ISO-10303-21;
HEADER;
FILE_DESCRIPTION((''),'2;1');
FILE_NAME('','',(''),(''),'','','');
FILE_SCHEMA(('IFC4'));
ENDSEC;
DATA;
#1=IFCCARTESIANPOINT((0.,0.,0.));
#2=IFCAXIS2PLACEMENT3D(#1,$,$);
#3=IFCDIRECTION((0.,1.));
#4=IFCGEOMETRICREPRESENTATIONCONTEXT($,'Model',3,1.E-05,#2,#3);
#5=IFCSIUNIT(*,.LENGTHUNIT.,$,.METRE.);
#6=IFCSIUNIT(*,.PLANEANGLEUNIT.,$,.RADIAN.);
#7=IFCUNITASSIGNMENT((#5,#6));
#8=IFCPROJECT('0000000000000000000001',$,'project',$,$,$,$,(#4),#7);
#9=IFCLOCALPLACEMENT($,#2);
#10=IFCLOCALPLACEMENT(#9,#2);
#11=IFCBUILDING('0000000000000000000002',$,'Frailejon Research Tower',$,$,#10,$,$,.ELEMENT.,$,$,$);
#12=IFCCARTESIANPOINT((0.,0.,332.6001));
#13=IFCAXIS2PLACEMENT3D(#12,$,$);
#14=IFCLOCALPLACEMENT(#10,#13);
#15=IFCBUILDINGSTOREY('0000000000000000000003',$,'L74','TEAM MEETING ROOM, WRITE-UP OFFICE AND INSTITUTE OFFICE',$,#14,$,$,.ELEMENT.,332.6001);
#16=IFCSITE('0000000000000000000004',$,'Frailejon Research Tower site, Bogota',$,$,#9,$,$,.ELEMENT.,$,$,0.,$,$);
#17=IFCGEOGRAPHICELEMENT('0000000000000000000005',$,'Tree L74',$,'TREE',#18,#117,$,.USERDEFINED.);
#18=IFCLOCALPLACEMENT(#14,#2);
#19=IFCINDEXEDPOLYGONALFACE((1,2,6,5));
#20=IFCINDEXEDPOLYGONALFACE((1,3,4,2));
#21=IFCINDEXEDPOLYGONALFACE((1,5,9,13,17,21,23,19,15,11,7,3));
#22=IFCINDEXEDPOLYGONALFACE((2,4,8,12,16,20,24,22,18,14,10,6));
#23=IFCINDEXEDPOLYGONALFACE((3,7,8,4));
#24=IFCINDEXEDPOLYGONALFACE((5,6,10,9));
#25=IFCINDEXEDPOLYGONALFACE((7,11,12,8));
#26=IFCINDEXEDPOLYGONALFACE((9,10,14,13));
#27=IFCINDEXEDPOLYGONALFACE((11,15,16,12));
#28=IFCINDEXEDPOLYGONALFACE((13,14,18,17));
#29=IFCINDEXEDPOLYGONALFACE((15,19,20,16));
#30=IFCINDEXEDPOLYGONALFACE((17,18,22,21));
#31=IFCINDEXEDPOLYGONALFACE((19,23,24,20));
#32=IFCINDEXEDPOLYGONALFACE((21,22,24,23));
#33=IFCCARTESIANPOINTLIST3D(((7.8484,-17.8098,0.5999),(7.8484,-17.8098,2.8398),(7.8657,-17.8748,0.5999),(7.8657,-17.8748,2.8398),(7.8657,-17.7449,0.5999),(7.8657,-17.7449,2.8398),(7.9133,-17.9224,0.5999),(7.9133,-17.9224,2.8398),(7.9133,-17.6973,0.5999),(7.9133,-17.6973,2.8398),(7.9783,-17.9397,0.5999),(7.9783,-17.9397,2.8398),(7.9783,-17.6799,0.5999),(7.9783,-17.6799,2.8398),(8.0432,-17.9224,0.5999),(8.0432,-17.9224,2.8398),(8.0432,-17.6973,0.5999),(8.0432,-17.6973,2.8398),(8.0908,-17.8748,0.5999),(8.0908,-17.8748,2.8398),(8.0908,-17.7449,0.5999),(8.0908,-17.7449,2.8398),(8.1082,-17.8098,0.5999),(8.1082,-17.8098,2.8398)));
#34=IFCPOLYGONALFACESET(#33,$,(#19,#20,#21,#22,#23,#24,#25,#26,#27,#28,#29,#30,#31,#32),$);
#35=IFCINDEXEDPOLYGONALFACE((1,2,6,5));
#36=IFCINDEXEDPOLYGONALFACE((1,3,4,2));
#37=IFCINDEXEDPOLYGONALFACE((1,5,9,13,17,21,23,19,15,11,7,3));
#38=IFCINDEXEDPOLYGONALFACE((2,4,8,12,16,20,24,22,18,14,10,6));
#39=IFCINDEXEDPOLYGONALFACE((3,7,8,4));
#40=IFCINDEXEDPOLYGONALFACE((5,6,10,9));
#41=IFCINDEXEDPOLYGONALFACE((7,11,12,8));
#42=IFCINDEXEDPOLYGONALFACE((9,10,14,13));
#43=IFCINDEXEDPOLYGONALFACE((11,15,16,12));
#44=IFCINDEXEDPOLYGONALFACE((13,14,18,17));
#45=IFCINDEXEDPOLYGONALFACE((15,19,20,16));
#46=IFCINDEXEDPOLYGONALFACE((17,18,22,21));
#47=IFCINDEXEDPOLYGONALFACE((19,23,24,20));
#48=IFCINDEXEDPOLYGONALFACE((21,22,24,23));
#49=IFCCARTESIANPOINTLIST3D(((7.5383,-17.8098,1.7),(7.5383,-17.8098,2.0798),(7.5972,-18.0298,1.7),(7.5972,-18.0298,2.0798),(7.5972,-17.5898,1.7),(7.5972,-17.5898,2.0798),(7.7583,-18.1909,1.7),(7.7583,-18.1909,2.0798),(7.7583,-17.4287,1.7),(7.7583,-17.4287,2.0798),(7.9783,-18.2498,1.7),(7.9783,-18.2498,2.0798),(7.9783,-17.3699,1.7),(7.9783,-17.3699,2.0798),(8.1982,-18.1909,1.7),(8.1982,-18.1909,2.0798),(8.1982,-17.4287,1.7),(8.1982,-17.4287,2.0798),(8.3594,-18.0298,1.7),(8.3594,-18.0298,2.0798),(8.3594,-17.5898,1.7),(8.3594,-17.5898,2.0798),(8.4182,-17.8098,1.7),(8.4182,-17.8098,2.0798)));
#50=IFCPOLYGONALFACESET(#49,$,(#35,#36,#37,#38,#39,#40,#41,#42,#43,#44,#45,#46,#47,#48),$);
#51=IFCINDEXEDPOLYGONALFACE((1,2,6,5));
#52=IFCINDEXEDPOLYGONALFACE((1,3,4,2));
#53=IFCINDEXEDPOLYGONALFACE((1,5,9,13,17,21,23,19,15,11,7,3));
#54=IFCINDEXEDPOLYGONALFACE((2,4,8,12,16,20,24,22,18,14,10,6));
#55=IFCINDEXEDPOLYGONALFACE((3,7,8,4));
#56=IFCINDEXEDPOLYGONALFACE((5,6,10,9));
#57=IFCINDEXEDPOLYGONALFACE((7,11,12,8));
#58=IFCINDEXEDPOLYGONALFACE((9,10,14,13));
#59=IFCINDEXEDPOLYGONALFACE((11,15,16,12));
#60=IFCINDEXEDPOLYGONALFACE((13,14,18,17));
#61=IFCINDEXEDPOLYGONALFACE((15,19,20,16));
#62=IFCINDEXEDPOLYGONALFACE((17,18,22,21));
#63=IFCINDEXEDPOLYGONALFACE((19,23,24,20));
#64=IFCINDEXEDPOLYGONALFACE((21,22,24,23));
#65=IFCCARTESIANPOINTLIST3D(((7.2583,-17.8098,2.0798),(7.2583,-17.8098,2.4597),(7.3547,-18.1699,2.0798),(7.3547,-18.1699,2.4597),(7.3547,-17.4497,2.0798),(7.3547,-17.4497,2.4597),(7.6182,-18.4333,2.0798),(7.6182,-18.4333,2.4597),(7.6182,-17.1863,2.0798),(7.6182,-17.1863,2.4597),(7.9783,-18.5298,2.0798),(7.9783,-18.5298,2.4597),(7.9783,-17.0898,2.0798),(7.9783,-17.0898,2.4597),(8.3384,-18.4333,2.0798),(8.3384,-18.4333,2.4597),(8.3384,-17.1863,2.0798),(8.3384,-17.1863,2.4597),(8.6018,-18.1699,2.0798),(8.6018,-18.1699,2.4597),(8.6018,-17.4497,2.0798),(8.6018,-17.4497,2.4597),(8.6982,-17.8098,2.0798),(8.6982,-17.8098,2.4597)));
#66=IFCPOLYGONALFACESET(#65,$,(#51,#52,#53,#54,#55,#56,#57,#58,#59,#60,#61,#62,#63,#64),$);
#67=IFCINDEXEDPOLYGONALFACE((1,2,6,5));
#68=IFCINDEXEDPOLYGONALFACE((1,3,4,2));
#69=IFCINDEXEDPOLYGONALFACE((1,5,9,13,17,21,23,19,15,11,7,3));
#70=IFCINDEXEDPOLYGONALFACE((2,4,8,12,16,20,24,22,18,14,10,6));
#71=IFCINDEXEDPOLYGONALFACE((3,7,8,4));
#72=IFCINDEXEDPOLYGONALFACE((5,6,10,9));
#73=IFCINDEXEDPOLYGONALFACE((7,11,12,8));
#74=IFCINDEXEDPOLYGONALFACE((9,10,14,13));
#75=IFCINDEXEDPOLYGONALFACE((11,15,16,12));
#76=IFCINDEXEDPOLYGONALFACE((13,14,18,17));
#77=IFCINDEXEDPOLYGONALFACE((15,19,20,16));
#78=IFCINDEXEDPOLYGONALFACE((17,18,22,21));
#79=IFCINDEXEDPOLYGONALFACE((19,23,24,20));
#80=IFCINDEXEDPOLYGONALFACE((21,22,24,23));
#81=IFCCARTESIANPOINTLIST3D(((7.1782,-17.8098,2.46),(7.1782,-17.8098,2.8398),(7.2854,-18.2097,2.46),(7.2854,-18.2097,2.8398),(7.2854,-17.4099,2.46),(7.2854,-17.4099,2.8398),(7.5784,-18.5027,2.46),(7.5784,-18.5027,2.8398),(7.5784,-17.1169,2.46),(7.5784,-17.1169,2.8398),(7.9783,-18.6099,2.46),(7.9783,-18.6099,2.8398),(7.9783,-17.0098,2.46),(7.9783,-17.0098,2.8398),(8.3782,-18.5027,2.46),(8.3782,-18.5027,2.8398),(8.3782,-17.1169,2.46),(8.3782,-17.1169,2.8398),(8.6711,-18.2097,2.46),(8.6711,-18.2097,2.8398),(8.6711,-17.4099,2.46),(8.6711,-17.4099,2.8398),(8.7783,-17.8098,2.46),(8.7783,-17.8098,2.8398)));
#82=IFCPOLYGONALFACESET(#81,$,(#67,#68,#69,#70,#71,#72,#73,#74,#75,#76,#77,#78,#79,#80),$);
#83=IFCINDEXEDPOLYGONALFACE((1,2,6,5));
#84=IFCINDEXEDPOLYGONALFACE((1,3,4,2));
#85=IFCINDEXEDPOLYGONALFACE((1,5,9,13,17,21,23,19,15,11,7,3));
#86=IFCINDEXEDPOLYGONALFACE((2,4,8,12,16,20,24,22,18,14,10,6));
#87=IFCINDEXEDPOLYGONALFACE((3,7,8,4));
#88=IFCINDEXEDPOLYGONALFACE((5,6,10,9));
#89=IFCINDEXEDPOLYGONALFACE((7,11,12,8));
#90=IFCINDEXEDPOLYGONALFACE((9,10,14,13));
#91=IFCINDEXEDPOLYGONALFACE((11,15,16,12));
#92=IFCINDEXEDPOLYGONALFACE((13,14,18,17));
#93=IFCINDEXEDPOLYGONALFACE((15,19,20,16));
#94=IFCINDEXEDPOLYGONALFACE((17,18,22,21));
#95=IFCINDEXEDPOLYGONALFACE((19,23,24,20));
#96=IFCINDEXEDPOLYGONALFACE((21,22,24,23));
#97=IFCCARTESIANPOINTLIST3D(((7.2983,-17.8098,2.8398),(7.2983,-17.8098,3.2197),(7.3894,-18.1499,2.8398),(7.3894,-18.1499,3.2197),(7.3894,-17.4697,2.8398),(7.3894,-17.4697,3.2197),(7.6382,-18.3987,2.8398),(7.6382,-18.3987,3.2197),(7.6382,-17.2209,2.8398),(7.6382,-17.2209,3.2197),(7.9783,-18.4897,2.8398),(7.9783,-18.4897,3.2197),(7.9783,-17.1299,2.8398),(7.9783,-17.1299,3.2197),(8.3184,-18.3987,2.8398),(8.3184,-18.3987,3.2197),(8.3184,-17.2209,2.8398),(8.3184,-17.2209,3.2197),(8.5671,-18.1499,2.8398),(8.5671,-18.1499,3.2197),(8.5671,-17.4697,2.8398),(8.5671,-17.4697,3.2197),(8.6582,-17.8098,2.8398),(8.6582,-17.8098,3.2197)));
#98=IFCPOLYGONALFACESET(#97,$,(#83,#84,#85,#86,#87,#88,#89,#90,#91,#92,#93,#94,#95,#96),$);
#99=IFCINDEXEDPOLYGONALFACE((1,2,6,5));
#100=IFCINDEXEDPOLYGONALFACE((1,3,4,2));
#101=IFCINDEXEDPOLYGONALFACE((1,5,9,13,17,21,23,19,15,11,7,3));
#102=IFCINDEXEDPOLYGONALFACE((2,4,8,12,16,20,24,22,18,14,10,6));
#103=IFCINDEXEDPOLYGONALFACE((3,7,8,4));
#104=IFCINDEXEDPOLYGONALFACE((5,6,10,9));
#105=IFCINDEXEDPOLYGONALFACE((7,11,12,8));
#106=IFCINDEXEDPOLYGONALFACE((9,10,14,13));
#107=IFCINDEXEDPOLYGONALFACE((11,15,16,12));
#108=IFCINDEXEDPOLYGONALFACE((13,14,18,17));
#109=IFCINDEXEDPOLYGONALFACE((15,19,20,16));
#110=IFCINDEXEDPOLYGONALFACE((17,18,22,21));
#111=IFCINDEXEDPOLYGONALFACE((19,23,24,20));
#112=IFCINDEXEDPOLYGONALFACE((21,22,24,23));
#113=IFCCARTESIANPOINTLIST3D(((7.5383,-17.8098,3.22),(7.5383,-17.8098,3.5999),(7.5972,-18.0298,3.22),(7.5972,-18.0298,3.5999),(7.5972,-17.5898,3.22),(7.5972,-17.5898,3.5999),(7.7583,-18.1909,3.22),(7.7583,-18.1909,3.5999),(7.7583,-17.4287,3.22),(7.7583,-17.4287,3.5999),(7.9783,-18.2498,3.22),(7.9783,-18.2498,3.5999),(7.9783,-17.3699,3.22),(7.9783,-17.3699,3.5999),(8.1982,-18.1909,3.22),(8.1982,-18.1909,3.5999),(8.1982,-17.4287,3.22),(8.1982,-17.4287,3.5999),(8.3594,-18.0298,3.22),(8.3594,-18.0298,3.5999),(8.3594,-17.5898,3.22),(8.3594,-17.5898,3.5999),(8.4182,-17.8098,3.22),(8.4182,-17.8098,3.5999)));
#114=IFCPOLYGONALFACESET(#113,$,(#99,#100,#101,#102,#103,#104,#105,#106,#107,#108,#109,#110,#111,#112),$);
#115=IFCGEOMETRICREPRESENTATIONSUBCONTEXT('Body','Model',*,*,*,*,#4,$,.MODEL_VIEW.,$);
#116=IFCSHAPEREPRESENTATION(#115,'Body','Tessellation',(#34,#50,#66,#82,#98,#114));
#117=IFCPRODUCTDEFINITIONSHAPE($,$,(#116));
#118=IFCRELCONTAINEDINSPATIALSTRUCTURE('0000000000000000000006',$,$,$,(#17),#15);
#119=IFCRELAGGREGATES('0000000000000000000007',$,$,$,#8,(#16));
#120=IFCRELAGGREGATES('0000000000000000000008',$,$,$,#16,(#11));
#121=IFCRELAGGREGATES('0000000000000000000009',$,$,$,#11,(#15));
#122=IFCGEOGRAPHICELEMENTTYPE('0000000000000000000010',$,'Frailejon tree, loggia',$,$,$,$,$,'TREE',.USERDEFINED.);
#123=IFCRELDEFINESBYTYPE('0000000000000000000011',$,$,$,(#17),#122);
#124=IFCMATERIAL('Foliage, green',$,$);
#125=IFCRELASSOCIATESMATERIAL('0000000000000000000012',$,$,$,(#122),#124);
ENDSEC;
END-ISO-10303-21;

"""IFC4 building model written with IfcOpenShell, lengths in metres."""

from ifc_helpers import new_model, si_unit, direction, frame, origin, place, context, subcontext, project, spatial, polyline, outline, extrude, material, type_object, element, save


model = new_model("IFC4")

# Units and contexts
model_context = context("Model", 3, precision=1e-05, world=origin(), true_north=direction((0.0, 1.0)))
body_context = subcontext(model_context, "Body", "Model", "MODEL_VIEW")
ifc_project = project(units=[si_unit("LENGTHUNIT", "METRE"), si_unit("PLANEANGLEUNIT", "RADIAN")], contexts=[model_context])

# Site, building, storey
site_placement = place(None, origin())
site = spatial("IfcSite", under=ifc_project, at=site_placement, Name="Frailejon Research Tower site, Bogota", CompositionType="ELEMENT", RefElevation=0.0)
building_placement = place(site_placement, origin())
building = spatial("IfcBuilding", under=site, at=building_placement, Name="Frailejon Research Tower", CompositionType="ELEMENT")
storey_placement = place(building_placement, frame((0.0, 0.0, 332.6001)))
storey = spatial("IfcBuildingStorey", under=building, at=storey_placement, Name="L74", Description="TEAM MEETING ROOM, WRITE-UP OFFICE AND INSTITUTE OFFICE", CompositionType="ELEMENT", Elevation=332.6001)

# Geographic element
ifc_material_1 = material(Name="Foliage, green")
geographic_element_type = type_object("IfcGeographicElementType", Name="Frailejon tree, loggia", ElementType="TREE", PredefinedType="USERDEFINED", material=ifc_material_1)
geographic_element_placement = place(storey_placement, frame((7.9783, -17.8098, 0.5999)))
element("IfcGeographicElement", 1, at=geographic_element_placement, inside=storey, type_object=geographic_element_type, Name="Tree L74", ObjectType="TREE", PredefinedType="USERDEFINED", context=body_context, shape_type="SweptSolid", body=[
    extrude(outline(polyline([(0.1299, 0.0), (0.1125, 0.0649), (0.0649, 0.1125), (0.0, 0.1299), (-0.0649, 0.1125), (-0.1125, 0.0649), (-0.1299, 0.0), (-0.1125, -0.0649), (-0.0649, -0.1125), (0.0, -0.1299), (0.0649, -0.1125), (0.1125, -0.0649), (0.1299, 0.0)])), origin(), (0.0, 0.0, 1.0), 2.24),
    extrude(outline(polyline([(0.4399, 0.0), (0.3811, 0.22), (0.22, 0.3811), (0.0, 0.4399), (-0.22, 0.3811), (-0.3811, 0.22), (-0.4399, 0.0), (-0.3811, -0.22), (-0.22, -0.3811), (0.0, -0.4399), (0.22, -0.3811), (0.3811, -0.22), (0.4399, 0.0)])), frame((0.0, 0.0, 1.1001)), (0.0, 0.0, 1.0), 0.3799),
    extrude(outline(polyline([(0.72, 0.0), (0.6235, 0.3601), (0.3601, 0.6235), (0.0, 0.72), (-0.3601, 0.6235), (-0.6235, 0.3601), (-0.72, 0.0), (-0.6235, -0.3601), (-0.3601, -0.6235), (0.0, -0.72), (0.3601, -0.6235), (0.6235, -0.3601), (0.72, 0.0)])), frame((0.0, 0.0, 1.48)), (0.0, 0.0, 1.0), 0.3799),
    extrude(outline(polyline([(0.8, 0.0), (0.6929, 0.3999), (0.3999, 0.6929), (0.0, 0.8), (-0.3999, 0.6929), (-0.6929, 0.3999), (-0.8, 0.0), (-0.6929, -0.3999), (-0.3999, -0.6929), (0.0, -0.8), (0.3999, -0.6929), (0.6929, -0.3999), (0.8, 0.0)])), frame((0.0, 0.0, 1.8601)), (0.0, 0.0, 1.0), 0.3799),
    extrude(outline(polyline([(0.6799, 0.0), (0.5889, 0.3401), (0.3401, 0.5889), (0.0, 0.6799), (-0.3401, 0.5889), (-0.5889, 0.3401), (-0.6799, 0.0), (-0.5889, -0.3401), (-0.3401, -0.5889), (0.0, -0.6799), (0.3401, -0.5889), (0.5889, -0.3401), (0.6799, 0.0)])), frame((0.0, 0.0, 2.24)), (0.0, 0.0, 1.0), 0.3799),
    extrude(outline(polyline([(0.4399, 0.0), (0.3811, 0.22), (0.22, 0.3811), (0.0, 0.4399), (-0.22, 0.3811), (-0.3811, 0.22), (-0.4399, 0.0), (-0.3811, -0.22), (-0.22, -0.3811), (0.0, -0.4399), (0.22, -0.3811), (0.3811, -0.22), (0.4399, 0.0)])), frame((0.0, 0.0, 2.6201)), (0.0, 0.0, 1.0), 0.3799),
])

save(model, "model.ifc")
